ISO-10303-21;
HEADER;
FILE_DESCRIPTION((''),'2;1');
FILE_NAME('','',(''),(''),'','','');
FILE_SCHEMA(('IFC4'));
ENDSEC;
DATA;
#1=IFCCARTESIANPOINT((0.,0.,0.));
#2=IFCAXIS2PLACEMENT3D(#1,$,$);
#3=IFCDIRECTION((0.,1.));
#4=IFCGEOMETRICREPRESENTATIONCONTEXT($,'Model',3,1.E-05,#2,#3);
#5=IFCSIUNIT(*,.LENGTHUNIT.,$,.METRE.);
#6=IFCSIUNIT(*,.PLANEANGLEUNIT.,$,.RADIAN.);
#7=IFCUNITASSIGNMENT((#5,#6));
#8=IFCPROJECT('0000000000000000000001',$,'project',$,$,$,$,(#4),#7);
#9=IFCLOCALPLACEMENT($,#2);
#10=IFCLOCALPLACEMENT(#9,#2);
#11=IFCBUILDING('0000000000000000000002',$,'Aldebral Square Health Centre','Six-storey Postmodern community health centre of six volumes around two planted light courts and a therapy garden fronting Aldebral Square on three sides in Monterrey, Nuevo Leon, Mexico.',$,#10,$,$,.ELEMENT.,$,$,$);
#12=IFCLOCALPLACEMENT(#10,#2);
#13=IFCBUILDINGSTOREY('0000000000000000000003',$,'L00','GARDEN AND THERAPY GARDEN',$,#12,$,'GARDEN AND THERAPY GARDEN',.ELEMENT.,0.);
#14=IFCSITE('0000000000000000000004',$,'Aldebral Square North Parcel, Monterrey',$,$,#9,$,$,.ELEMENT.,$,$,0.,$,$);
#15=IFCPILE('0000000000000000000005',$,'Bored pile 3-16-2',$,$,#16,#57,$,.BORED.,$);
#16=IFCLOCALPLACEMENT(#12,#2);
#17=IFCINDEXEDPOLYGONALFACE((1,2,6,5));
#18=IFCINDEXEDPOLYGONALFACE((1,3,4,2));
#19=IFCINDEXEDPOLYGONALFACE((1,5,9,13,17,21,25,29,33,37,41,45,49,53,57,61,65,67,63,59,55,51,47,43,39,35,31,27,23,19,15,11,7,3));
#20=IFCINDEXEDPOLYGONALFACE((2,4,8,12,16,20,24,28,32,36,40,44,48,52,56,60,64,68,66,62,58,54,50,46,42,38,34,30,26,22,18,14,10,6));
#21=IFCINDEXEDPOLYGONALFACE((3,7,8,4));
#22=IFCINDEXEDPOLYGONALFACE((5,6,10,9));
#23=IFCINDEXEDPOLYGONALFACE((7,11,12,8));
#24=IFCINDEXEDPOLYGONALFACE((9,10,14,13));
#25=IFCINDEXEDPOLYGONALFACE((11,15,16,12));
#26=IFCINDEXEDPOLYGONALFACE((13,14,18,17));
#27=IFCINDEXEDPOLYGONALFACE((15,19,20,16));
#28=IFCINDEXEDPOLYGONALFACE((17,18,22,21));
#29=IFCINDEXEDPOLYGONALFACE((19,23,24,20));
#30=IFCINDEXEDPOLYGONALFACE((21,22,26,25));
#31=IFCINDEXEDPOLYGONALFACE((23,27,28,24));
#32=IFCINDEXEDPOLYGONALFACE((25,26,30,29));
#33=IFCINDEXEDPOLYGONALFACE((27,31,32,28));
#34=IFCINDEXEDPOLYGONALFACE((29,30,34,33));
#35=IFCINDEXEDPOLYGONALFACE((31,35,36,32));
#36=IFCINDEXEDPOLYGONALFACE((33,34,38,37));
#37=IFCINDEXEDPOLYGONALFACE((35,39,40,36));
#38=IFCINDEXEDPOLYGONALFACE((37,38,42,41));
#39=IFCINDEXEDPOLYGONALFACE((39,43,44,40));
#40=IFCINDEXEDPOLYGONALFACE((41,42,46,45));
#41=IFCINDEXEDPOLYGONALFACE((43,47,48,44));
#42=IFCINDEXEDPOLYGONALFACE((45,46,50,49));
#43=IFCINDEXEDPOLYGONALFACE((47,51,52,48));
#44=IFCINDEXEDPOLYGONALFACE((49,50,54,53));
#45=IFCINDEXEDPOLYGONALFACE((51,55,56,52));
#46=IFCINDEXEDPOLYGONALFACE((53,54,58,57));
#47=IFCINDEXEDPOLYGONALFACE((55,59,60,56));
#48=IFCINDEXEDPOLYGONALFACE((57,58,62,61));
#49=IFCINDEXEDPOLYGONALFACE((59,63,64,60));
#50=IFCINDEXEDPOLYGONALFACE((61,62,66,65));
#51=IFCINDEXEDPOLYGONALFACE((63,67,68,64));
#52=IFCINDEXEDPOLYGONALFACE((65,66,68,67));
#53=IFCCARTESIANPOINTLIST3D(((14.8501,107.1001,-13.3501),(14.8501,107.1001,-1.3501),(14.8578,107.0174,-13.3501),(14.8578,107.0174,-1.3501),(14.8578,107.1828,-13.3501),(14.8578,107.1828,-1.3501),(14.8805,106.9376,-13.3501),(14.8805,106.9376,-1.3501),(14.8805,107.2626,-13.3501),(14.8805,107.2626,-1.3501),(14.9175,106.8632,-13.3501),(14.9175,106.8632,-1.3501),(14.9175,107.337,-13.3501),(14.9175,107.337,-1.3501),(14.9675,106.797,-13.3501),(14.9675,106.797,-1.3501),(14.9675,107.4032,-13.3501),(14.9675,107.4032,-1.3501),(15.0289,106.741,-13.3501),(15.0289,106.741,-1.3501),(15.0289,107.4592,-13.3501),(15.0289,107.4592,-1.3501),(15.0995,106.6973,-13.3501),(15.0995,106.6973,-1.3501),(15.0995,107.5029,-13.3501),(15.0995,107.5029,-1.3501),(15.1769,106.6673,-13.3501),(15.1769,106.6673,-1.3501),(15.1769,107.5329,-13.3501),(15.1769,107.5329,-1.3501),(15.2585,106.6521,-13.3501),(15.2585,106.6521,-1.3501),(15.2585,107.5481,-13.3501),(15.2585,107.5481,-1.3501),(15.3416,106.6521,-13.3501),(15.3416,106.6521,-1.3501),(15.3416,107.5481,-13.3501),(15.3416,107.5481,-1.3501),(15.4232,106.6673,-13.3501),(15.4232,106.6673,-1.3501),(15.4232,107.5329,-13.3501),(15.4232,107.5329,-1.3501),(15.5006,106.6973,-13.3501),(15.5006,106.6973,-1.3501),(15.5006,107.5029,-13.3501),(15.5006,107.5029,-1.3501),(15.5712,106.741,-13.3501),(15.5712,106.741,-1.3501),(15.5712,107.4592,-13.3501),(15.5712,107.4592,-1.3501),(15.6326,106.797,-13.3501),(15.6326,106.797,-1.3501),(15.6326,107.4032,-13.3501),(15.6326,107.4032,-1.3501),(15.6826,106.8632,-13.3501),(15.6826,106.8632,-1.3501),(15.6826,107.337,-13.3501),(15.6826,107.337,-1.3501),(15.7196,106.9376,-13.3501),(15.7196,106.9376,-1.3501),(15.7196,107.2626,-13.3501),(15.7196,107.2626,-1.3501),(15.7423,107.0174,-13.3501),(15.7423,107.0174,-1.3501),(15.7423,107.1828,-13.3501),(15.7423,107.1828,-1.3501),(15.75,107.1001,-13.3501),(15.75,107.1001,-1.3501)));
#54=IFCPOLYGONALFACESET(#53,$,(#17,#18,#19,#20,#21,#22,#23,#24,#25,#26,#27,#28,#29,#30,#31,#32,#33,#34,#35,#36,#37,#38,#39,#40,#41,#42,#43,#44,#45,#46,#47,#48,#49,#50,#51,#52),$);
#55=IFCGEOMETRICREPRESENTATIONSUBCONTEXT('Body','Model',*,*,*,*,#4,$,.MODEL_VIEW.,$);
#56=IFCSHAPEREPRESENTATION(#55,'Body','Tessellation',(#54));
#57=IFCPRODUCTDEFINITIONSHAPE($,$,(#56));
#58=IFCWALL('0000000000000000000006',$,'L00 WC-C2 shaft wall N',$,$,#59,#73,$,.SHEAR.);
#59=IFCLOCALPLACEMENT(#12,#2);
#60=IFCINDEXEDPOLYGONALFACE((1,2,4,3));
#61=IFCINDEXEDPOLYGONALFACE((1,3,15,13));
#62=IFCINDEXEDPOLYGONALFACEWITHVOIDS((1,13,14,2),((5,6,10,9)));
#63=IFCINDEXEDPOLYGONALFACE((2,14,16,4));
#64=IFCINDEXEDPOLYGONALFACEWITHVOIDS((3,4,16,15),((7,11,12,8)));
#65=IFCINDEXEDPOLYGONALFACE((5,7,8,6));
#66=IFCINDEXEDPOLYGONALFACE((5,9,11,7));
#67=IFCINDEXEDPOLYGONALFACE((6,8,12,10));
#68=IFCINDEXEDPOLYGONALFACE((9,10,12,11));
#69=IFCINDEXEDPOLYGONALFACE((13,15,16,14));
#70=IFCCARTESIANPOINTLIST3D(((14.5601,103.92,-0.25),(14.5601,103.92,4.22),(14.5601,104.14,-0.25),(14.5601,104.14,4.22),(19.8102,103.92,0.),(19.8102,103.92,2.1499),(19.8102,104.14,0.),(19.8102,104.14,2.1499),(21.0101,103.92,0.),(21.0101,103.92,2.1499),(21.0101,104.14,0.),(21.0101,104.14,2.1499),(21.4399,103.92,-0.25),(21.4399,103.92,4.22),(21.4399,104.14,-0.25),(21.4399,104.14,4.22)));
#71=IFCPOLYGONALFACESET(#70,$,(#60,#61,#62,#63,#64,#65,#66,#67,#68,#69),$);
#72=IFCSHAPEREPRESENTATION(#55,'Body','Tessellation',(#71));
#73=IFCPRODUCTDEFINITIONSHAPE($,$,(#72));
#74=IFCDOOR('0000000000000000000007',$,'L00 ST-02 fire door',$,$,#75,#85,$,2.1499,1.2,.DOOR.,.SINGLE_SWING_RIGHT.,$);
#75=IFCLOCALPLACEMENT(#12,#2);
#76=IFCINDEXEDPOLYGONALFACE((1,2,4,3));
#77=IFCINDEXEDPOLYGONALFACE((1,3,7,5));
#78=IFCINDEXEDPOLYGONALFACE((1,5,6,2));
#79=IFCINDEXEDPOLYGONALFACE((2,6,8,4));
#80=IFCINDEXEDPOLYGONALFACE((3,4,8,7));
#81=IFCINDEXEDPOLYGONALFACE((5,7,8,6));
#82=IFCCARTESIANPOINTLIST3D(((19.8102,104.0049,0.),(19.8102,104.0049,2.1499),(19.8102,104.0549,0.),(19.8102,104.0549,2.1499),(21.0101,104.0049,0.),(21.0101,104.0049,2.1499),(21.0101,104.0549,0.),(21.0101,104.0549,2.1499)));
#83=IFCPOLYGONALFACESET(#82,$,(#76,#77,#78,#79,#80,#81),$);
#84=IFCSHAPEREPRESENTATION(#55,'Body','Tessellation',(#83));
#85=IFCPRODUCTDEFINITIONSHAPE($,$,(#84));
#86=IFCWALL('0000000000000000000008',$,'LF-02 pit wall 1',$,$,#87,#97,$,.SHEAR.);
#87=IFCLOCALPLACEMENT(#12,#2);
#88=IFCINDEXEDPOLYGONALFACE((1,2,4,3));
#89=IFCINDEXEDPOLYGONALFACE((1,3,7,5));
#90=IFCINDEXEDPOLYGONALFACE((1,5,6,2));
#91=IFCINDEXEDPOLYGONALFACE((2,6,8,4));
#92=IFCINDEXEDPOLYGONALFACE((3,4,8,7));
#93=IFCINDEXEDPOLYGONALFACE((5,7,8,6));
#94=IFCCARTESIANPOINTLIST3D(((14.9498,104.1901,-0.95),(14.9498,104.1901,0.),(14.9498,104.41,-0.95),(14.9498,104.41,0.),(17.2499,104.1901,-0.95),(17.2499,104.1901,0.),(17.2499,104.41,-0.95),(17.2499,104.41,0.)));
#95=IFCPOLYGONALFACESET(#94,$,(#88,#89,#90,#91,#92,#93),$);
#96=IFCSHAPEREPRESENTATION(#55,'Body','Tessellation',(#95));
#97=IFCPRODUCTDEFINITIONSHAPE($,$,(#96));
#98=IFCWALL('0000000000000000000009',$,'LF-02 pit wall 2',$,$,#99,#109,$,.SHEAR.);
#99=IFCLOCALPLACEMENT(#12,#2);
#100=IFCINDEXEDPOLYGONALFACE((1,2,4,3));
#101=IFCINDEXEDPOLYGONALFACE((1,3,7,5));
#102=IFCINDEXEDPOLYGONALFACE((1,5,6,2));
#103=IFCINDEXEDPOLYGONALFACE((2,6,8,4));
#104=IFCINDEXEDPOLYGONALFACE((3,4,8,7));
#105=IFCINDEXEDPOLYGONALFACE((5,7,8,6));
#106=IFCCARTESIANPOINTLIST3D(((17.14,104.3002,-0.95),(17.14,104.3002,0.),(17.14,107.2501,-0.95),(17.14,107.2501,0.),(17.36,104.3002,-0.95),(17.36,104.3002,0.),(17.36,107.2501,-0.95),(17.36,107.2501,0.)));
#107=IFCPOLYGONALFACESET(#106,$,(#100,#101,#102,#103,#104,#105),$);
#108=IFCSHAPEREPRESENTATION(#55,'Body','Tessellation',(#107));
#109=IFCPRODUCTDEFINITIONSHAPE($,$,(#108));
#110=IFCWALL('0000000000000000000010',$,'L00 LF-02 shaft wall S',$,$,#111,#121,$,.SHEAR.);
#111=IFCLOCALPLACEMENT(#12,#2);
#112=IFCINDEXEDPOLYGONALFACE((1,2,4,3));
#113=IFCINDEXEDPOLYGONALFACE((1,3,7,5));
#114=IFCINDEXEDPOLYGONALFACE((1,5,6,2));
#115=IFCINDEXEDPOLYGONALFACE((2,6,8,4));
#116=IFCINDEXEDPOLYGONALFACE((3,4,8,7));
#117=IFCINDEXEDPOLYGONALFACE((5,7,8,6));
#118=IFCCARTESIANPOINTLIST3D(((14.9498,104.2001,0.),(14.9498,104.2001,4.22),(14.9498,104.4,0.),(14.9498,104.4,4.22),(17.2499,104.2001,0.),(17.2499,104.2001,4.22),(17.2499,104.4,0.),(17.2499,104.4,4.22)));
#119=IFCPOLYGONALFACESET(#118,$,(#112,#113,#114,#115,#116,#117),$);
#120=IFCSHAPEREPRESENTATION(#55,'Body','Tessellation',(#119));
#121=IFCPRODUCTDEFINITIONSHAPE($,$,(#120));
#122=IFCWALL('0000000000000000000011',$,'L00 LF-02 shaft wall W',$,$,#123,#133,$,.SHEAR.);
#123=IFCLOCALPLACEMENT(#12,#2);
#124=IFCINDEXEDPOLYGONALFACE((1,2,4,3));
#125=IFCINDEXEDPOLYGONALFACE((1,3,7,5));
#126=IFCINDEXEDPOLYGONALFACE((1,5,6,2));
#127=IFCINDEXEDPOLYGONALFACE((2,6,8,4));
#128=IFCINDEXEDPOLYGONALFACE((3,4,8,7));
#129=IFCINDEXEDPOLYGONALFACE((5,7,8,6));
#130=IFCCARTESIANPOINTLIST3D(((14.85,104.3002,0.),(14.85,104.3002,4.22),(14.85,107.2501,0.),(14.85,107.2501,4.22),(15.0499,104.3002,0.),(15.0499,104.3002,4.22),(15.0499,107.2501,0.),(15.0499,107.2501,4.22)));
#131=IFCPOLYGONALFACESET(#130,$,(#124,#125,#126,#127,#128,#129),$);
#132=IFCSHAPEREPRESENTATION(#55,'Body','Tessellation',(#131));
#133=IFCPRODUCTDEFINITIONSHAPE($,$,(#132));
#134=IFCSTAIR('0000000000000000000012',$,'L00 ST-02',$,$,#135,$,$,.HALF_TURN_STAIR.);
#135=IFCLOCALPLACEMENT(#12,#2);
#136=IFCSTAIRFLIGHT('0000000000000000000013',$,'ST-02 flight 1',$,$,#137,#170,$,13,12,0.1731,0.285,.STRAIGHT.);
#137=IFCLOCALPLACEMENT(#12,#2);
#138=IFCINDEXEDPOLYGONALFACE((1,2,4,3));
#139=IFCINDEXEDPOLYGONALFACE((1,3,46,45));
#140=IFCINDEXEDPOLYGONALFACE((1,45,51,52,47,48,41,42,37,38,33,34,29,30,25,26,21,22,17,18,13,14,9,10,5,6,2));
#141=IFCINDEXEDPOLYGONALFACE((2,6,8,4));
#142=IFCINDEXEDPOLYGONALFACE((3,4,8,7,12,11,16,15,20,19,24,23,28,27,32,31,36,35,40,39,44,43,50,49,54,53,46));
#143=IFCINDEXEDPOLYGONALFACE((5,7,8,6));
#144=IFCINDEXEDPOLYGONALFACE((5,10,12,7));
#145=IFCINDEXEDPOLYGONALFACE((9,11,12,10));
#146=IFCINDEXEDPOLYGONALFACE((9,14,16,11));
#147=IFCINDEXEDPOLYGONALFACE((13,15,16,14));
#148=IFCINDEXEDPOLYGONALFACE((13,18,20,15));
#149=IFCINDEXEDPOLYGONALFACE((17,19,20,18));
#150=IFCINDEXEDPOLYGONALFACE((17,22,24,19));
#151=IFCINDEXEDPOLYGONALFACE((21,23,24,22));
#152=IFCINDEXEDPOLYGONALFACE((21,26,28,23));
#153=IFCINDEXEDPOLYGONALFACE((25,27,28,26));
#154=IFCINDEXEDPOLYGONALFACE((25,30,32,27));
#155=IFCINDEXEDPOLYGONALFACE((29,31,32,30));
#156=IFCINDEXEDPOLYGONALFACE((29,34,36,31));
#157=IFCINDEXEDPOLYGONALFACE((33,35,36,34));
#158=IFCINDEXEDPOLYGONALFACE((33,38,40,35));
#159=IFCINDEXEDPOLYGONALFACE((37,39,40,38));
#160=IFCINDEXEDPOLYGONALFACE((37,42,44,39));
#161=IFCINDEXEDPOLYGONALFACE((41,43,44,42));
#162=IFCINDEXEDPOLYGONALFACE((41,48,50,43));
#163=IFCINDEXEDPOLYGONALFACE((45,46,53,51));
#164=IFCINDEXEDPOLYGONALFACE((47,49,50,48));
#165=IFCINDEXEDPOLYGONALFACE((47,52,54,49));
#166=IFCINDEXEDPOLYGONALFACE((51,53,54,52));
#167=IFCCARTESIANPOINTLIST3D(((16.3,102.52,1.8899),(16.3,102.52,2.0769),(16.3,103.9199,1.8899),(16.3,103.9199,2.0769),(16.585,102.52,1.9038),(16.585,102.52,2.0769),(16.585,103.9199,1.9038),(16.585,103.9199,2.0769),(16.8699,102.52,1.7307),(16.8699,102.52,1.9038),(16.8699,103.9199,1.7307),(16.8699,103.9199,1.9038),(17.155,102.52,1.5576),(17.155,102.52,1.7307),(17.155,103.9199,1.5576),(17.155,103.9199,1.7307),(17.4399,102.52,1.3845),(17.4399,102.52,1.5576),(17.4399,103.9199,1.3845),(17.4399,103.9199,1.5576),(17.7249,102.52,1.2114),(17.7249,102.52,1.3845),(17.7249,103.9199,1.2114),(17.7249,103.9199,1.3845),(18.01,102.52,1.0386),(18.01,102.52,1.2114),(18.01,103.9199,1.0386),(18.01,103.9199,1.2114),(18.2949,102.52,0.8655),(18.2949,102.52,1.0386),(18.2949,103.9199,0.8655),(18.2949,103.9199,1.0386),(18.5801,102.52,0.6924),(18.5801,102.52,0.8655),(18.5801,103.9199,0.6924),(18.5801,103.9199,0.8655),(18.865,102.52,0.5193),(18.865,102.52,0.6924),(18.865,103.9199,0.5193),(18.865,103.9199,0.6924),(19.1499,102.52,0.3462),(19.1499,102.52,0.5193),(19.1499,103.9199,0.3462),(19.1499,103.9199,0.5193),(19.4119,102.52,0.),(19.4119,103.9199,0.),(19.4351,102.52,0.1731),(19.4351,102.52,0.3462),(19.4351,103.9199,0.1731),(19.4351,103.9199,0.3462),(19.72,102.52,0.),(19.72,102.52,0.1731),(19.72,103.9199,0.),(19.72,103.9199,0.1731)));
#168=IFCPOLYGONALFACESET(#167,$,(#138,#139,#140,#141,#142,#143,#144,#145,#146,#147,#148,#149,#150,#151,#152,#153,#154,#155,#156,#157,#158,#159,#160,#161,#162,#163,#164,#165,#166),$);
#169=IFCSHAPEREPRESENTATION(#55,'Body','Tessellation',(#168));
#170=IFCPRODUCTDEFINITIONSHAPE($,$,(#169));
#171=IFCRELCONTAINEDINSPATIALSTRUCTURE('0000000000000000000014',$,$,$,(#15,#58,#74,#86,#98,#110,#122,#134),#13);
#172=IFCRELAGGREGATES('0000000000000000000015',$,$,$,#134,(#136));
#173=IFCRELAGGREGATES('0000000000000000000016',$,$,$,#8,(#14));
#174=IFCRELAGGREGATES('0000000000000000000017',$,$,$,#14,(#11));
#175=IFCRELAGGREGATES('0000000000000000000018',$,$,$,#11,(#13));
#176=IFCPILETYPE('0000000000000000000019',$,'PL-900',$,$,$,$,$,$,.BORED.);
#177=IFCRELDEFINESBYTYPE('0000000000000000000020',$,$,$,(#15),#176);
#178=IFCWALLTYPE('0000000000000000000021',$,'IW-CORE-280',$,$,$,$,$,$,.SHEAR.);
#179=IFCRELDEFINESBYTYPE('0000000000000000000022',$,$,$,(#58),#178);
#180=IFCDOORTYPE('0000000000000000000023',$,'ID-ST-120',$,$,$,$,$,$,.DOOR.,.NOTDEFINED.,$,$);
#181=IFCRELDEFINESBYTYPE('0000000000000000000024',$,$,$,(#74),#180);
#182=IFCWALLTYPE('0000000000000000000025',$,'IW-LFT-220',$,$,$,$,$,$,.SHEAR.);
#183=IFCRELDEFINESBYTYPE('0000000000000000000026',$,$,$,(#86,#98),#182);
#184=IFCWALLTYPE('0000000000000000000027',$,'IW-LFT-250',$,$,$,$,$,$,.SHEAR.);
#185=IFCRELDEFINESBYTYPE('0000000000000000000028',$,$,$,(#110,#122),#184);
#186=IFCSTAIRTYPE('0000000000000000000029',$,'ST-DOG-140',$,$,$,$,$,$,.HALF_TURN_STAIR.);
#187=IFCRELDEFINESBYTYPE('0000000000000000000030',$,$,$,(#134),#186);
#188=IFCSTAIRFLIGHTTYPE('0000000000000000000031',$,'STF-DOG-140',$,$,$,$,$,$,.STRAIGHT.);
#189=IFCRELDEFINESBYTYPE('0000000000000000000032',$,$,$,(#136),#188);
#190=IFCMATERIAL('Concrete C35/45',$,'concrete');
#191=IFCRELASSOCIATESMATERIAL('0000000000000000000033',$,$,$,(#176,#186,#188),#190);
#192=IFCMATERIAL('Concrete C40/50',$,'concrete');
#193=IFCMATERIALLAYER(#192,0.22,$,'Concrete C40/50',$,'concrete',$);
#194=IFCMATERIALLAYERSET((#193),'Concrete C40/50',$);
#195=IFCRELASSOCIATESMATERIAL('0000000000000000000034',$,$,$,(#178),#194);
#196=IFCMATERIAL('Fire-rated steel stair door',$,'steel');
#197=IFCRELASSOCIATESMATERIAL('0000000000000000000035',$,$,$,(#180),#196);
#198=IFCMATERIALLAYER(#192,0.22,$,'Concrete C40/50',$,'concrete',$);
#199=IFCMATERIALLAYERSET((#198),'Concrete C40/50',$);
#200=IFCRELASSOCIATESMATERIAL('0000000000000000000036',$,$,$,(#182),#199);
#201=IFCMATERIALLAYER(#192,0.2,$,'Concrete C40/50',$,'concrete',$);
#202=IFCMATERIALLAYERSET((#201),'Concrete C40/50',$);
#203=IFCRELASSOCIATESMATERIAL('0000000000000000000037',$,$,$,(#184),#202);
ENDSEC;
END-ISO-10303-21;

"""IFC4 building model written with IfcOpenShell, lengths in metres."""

from ifc_helpers import new_model, si_unit, direction, frame, frame_2d, origin, origin_2d, place, context, subcontext, project, spatial, polyline, rectangle, circle, outline, extrude, material, layer, layer_set, material_profile, profile_set, type_object, element, fill, aggregate, save


model = new_model("IFC4")

# Units and contexts
model_context = context("Model", 3, precision=1e-05, world=origin(), true_north=direction((0.0, 1.0)))
body_context = subcontext(model_context, "Body", "Model", "MODEL_VIEW")
ifc_project = project(units=[si_unit("LENGTHUNIT", "METRE"), si_unit("PLANEANGLEUNIT", "RADIAN")], contexts=[model_context])

# Site, building, storey
site_placement = place(None, origin())
site = spatial("IfcSite", under=ifc_project, at=site_placement, Name="Aldebral Square North Parcel, Monterrey", CompositionType="ELEMENT", RefElevation=0.0)
building_placement = place(site_placement, origin())
building = spatial("IfcBuilding", under=site, at=building_placement, Name="Aldebral Square Health Centre", Description="Six-storey Postmodern community health centre of six volumes around two planted light courts and a therapy garden fronting Aldebral Square on three sides in Monterrey, Nuevo Leon, Mexico.", CompositionType="ELEMENT")
storey_placement = place(building_placement, origin())
storey = spatial("IfcBuildingStorey", under=building, at=storey_placement, Name="L00", Description="GARDEN AND THERAPY GARDEN", LongName="GARDEN AND THERAPY GARDEN", CompositionType="ELEMENT", Elevation=0.0)

# Pile
ifc_material_1 = material(Name="Concrete C35/45", Category="concrete")
ifc_material_profile = material_profile(ifc_material_1, circle(Radius=0.45, at=origin_2d()), Name="PILE D900")
ifc_profile_set = profile_set([ifc_material_profile], Name="Concrete C35/45")
pile_type = type_object("IfcPileType", Name="PL-900", PredefinedType="BORED", material=ifc_profile_set)
pile_placement = place(storey_placement, frame((15.3, 107.1001, -1.3501), z_axis=(0.0, 0.0, -1.0), x_axis=(1.0, 0.0, 0.0)))
element("IfcPile", 1, at=pile_placement, inside=storey, type_object=pile_type, Name="Bored pile 3-16-2", PredefinedType="BORED", context=body_context, shape_type="SweptSolid", body=[
    extrude(circle(Radius=0.45, at=origin_2d()), origin(), (0.0, 0.0, 1.0), 12.0),
])

# Wall, opening, door
ifc_material_2 = material(Name="Concrete C40/50", Category="concrete")
ifc_layer_1 = layer(ifc_material_2, 0.22, Name="Concrete C40/50", Category="concrete")
ifc_layer_set_1 = layer_set([ifc_layer_1], Name="Concrete C40/50")
wall_type_1 = type_object("IfcWallType", Name="IW-CORE-280", PredefinedType="SHEAR", material=ifc_layer_set_1)
wall_1_placement = place(storey_placement, frame((14.5601, 104.03, -0.25), z_axis=(0.0, 0.0, 1.0), x_axis=(1.0, 0.0, 0.0)))
wall_1 = element("IfcWall", 2, at=wall_1_placement, inside=storey, type_object=wall_type_1, Name="L00 WC-C2 shaft wall N", PredefinedType="SHEAR", context=body_context, shape_type="SweptSolid", body=[
    extrude(rectangle(XDim=6.8799, YDim=0.22, at=frame_2d((3.4399, 0.0))), origin(), (0.0, 0.0, 1.0), 4.47),
])
opening_1_placement = place(wall_1_placement, frame((5.25, 0.0, 0.25)))
opening_1 = element("IfcOpeningElement", 3, at=opening_1_placement, cuts=wall_1, PredefinedType="OPENING", context=body_context, shape_type="SweptSolid", body=[
    extrude(rectangle(XDim=1.2, YDim=2.1499, at=frame_2d((0.6001, 1.075))), frame((0.0, 0.1201, 0.0), z_axis=(0.0, -1.0, 0.0), x_axis=(1.0, 0.0, 0.0)), (0.0, 0.0, 1.0), 0.24),
])
ifc_material_3 = material(Name="Fire-rated steel stair door", Category="steel")
door_type_1 = type_object("IfcDoorType", Name="ID-ST-120", OperationType="NOTDEFINED", PredefinedType="DOOR", material=ifc_material_3)
door_1_placement = place(opening_1_placement, origin())
door_1 = element("IfcDoor", 4, at=door_1_placement, inside=storey, type_object=door_type_1, Name="L00 ST-02 fire door", OperationType="SINGLE_SWING_RIGHT", OverallHeight=2.1499, OverallWidth=1.2, PredefinedType="DOOR", context=body_context, shape_type="SweptSolid", body=[
    extrude(rectangle(XDim=1.2, YDim=2.1499, at=frame_2d((0.6001, 1.075))), frame((0.0, 0.0249, 0.0), z_axis=(0.0, -1.0, 0.0), x_axis=(1.0, 0.0, 0.0)), (0.0, 0.0, 1.0), 0.05),
])
fill(opening_1, door_1)

# Walls
ifc_layer_2 = layer(ifc_material_2, 0.22, Name="Concrete C40/50", Category="concrete")
ifc_layer_set_2 = layer_set([ifc_layer_2], Name="Concrete C40/50")
wall_type_2 = type_object("IfcWallType", Name="IW-LFT-220", PredefinedType="SHEAR", material=ifc_layer_set_2)
wall_2_placement = place(storey_placement, frame((14.95, 104.3, -0.95), z_axis=(0.0, 0.0, 1.0), x_axis=(1.0, 0.0, 0.0)))
element("IfcWall", 5, at=wall_2_placement, inside=storey, type_object=wall_type_2, Name="LF-02 pit wall 1", PredefinedType="SHEAR", context=body_context, shape_type="SweptSolid", body=[
    extrude(rectangle(XDim=2.3, YDim=0.22, at=frame_2d((1.1499, 0.0))), origin(), (0.0, 0.0, 1.0), 0.95),
])
wall_3_placement = place(storey_placement, frame((17.25, 104.3, -0.95), z_axis=(0.0, 0.0, 1.0), x_axis=(0.0, 1.0, 0.0)))
element("IfcWall", 6, at=wall_3_placement, inside=storey, type_object=wall_type_2, Name="LF-02 pit wall 2", PredefinedType="SHEAR", context=body_context, shape_type="SweptSolid", body=[
    extrude(rectangle(XDim=2.95, YDim=0.22, at=frame_2d((1.4751, 0.0))), origin(), (0.0, 0.0, 1.0), 0.95),
])
ifc_layer_3 = layer(ifc_material_2, 0.2, Name="Concrete C40/50", Category="concrete")
ifc_layer_set_3 = layer_set([ifc_layer_3], Name="Concrete C40/50")
wall_type_3 = type_object("IfcWallType", Name="IW-LFT-250", PredefinedType="SHEAR", material=ifc_layer_set_3)
wall_4_placement = place(storey_placement, frame((14.95, 104.3, 0.0), z_axis=(0.0, 0.0, 1.0), x_axis=(1.0, 0.0, 0.0)))
element("IfcWall", 7, at=wall_4_placement, inside=storey, type_object=wall_type_3, Name="L00 LF-02 shaft wall S", PredefinedType="SHEAR", context=body_context, shape_type="SweptSolid", body=[
    extrude(rectangle(XDim=2.3, YDim=0.2, at=frame_2d((1.1499, 0.0))), origin(), (0.0, 0.0, 1.0), 4.22),
])
wall_5_placement = place(storey_placement, frame((14.95, 104.3, 0.0), z_axis=(0.0, 0.0, 1.0), x_axis=(0.0, 1.0, 0.0)))
element("IfcWall", 8, at=wall_5_placement, inside=storey, type_object=wall_type_3, Name="L00 LF-02 shaft wall W", PredefinedType="SHEAR", context=body_context, shape_type="SweptSolid", body=[
    extrude(rectangle(XDim=2.95, YDim=0.2, at=frame_2d((1.4751, 0.0))), origin(), (0.0, 0.0, 1.0), 4.22),
])

# Stair, stair flight
stair_type = type_object("IfcStairType", Name="ST-DOG-140", PredefinedType="HALF_TURN_STAIR", material=ifc_material_1)
stair_placement = place(storey_placement, origin())
stair = element("IfcStair", 9, at=stair_placement, inside=storey, type_object=stair_type, Name="L00 ST-02", PredefinedType="HALF_TURN_STAIR")
stair_flight_type = type_object("IfcStairFlightType", Name="STF-DOG-140", PredefinedType="STRAIGHT", material=ifc_material_1)
stair_flight_placement = place(storey_placement, frame((19.72, 103.22, 0.0), z_axis=(0.0, 0.0, 1.0), x_axis=(-1.0, 0.0, 0.0)))
stair_flight = element("IfcStairFlight", 10, at=stair_flight_placement, type_object=stair_flight_type, Name="ST-02 flight 1", NumberOfRisers=13, NumberOfTreads=12, PredefinedType="STRAIGHT", RiserHeight=0.1731, TreadLength=0.285, context=body_context, shape_type="SweptSolid", body=[
    extrude(outline(polyline([(0.0, 0.0), (0.0, 0.1731), (0.2849, 0.1731), (0.2849, 0.3462), (0.5701, 0.3462), (0.5701, 0.5193), (0.855, 0.5193), (0.855, 0.6924), (1.1399, 0.6924), (1.1399, 0.8655), (1.425, 0.8655), (1.425, 1.0386), (1.71, 1.0386), (1.71, 1.2114), (1.9951, 1.2114), (1.9951, 1.3845), (2.28, 1.3845), (2.28, 1.5576), (2.5649, 1.5576), (2.5649, 1.7307), (2.8501, 1.7307), (2.8501, 1.9038), (3.135, 1.9038), (3.135, 2.0769), (3.4199, 2.0769), (3.4199, 2.25), (3.4199, 1.8899), (0.3081, 0.0), (0.0, 0.0)])), frame((0.0, 0.7, 0.0), z_axis=(0.0, -1.0, 0.0), x_axis=(1.0, 0.0, 0.0)), (0.0, 0.0, 1.0), 1.3999),
])
aggregate(stair, [stair_flight])

save(model, "model.ifc")
